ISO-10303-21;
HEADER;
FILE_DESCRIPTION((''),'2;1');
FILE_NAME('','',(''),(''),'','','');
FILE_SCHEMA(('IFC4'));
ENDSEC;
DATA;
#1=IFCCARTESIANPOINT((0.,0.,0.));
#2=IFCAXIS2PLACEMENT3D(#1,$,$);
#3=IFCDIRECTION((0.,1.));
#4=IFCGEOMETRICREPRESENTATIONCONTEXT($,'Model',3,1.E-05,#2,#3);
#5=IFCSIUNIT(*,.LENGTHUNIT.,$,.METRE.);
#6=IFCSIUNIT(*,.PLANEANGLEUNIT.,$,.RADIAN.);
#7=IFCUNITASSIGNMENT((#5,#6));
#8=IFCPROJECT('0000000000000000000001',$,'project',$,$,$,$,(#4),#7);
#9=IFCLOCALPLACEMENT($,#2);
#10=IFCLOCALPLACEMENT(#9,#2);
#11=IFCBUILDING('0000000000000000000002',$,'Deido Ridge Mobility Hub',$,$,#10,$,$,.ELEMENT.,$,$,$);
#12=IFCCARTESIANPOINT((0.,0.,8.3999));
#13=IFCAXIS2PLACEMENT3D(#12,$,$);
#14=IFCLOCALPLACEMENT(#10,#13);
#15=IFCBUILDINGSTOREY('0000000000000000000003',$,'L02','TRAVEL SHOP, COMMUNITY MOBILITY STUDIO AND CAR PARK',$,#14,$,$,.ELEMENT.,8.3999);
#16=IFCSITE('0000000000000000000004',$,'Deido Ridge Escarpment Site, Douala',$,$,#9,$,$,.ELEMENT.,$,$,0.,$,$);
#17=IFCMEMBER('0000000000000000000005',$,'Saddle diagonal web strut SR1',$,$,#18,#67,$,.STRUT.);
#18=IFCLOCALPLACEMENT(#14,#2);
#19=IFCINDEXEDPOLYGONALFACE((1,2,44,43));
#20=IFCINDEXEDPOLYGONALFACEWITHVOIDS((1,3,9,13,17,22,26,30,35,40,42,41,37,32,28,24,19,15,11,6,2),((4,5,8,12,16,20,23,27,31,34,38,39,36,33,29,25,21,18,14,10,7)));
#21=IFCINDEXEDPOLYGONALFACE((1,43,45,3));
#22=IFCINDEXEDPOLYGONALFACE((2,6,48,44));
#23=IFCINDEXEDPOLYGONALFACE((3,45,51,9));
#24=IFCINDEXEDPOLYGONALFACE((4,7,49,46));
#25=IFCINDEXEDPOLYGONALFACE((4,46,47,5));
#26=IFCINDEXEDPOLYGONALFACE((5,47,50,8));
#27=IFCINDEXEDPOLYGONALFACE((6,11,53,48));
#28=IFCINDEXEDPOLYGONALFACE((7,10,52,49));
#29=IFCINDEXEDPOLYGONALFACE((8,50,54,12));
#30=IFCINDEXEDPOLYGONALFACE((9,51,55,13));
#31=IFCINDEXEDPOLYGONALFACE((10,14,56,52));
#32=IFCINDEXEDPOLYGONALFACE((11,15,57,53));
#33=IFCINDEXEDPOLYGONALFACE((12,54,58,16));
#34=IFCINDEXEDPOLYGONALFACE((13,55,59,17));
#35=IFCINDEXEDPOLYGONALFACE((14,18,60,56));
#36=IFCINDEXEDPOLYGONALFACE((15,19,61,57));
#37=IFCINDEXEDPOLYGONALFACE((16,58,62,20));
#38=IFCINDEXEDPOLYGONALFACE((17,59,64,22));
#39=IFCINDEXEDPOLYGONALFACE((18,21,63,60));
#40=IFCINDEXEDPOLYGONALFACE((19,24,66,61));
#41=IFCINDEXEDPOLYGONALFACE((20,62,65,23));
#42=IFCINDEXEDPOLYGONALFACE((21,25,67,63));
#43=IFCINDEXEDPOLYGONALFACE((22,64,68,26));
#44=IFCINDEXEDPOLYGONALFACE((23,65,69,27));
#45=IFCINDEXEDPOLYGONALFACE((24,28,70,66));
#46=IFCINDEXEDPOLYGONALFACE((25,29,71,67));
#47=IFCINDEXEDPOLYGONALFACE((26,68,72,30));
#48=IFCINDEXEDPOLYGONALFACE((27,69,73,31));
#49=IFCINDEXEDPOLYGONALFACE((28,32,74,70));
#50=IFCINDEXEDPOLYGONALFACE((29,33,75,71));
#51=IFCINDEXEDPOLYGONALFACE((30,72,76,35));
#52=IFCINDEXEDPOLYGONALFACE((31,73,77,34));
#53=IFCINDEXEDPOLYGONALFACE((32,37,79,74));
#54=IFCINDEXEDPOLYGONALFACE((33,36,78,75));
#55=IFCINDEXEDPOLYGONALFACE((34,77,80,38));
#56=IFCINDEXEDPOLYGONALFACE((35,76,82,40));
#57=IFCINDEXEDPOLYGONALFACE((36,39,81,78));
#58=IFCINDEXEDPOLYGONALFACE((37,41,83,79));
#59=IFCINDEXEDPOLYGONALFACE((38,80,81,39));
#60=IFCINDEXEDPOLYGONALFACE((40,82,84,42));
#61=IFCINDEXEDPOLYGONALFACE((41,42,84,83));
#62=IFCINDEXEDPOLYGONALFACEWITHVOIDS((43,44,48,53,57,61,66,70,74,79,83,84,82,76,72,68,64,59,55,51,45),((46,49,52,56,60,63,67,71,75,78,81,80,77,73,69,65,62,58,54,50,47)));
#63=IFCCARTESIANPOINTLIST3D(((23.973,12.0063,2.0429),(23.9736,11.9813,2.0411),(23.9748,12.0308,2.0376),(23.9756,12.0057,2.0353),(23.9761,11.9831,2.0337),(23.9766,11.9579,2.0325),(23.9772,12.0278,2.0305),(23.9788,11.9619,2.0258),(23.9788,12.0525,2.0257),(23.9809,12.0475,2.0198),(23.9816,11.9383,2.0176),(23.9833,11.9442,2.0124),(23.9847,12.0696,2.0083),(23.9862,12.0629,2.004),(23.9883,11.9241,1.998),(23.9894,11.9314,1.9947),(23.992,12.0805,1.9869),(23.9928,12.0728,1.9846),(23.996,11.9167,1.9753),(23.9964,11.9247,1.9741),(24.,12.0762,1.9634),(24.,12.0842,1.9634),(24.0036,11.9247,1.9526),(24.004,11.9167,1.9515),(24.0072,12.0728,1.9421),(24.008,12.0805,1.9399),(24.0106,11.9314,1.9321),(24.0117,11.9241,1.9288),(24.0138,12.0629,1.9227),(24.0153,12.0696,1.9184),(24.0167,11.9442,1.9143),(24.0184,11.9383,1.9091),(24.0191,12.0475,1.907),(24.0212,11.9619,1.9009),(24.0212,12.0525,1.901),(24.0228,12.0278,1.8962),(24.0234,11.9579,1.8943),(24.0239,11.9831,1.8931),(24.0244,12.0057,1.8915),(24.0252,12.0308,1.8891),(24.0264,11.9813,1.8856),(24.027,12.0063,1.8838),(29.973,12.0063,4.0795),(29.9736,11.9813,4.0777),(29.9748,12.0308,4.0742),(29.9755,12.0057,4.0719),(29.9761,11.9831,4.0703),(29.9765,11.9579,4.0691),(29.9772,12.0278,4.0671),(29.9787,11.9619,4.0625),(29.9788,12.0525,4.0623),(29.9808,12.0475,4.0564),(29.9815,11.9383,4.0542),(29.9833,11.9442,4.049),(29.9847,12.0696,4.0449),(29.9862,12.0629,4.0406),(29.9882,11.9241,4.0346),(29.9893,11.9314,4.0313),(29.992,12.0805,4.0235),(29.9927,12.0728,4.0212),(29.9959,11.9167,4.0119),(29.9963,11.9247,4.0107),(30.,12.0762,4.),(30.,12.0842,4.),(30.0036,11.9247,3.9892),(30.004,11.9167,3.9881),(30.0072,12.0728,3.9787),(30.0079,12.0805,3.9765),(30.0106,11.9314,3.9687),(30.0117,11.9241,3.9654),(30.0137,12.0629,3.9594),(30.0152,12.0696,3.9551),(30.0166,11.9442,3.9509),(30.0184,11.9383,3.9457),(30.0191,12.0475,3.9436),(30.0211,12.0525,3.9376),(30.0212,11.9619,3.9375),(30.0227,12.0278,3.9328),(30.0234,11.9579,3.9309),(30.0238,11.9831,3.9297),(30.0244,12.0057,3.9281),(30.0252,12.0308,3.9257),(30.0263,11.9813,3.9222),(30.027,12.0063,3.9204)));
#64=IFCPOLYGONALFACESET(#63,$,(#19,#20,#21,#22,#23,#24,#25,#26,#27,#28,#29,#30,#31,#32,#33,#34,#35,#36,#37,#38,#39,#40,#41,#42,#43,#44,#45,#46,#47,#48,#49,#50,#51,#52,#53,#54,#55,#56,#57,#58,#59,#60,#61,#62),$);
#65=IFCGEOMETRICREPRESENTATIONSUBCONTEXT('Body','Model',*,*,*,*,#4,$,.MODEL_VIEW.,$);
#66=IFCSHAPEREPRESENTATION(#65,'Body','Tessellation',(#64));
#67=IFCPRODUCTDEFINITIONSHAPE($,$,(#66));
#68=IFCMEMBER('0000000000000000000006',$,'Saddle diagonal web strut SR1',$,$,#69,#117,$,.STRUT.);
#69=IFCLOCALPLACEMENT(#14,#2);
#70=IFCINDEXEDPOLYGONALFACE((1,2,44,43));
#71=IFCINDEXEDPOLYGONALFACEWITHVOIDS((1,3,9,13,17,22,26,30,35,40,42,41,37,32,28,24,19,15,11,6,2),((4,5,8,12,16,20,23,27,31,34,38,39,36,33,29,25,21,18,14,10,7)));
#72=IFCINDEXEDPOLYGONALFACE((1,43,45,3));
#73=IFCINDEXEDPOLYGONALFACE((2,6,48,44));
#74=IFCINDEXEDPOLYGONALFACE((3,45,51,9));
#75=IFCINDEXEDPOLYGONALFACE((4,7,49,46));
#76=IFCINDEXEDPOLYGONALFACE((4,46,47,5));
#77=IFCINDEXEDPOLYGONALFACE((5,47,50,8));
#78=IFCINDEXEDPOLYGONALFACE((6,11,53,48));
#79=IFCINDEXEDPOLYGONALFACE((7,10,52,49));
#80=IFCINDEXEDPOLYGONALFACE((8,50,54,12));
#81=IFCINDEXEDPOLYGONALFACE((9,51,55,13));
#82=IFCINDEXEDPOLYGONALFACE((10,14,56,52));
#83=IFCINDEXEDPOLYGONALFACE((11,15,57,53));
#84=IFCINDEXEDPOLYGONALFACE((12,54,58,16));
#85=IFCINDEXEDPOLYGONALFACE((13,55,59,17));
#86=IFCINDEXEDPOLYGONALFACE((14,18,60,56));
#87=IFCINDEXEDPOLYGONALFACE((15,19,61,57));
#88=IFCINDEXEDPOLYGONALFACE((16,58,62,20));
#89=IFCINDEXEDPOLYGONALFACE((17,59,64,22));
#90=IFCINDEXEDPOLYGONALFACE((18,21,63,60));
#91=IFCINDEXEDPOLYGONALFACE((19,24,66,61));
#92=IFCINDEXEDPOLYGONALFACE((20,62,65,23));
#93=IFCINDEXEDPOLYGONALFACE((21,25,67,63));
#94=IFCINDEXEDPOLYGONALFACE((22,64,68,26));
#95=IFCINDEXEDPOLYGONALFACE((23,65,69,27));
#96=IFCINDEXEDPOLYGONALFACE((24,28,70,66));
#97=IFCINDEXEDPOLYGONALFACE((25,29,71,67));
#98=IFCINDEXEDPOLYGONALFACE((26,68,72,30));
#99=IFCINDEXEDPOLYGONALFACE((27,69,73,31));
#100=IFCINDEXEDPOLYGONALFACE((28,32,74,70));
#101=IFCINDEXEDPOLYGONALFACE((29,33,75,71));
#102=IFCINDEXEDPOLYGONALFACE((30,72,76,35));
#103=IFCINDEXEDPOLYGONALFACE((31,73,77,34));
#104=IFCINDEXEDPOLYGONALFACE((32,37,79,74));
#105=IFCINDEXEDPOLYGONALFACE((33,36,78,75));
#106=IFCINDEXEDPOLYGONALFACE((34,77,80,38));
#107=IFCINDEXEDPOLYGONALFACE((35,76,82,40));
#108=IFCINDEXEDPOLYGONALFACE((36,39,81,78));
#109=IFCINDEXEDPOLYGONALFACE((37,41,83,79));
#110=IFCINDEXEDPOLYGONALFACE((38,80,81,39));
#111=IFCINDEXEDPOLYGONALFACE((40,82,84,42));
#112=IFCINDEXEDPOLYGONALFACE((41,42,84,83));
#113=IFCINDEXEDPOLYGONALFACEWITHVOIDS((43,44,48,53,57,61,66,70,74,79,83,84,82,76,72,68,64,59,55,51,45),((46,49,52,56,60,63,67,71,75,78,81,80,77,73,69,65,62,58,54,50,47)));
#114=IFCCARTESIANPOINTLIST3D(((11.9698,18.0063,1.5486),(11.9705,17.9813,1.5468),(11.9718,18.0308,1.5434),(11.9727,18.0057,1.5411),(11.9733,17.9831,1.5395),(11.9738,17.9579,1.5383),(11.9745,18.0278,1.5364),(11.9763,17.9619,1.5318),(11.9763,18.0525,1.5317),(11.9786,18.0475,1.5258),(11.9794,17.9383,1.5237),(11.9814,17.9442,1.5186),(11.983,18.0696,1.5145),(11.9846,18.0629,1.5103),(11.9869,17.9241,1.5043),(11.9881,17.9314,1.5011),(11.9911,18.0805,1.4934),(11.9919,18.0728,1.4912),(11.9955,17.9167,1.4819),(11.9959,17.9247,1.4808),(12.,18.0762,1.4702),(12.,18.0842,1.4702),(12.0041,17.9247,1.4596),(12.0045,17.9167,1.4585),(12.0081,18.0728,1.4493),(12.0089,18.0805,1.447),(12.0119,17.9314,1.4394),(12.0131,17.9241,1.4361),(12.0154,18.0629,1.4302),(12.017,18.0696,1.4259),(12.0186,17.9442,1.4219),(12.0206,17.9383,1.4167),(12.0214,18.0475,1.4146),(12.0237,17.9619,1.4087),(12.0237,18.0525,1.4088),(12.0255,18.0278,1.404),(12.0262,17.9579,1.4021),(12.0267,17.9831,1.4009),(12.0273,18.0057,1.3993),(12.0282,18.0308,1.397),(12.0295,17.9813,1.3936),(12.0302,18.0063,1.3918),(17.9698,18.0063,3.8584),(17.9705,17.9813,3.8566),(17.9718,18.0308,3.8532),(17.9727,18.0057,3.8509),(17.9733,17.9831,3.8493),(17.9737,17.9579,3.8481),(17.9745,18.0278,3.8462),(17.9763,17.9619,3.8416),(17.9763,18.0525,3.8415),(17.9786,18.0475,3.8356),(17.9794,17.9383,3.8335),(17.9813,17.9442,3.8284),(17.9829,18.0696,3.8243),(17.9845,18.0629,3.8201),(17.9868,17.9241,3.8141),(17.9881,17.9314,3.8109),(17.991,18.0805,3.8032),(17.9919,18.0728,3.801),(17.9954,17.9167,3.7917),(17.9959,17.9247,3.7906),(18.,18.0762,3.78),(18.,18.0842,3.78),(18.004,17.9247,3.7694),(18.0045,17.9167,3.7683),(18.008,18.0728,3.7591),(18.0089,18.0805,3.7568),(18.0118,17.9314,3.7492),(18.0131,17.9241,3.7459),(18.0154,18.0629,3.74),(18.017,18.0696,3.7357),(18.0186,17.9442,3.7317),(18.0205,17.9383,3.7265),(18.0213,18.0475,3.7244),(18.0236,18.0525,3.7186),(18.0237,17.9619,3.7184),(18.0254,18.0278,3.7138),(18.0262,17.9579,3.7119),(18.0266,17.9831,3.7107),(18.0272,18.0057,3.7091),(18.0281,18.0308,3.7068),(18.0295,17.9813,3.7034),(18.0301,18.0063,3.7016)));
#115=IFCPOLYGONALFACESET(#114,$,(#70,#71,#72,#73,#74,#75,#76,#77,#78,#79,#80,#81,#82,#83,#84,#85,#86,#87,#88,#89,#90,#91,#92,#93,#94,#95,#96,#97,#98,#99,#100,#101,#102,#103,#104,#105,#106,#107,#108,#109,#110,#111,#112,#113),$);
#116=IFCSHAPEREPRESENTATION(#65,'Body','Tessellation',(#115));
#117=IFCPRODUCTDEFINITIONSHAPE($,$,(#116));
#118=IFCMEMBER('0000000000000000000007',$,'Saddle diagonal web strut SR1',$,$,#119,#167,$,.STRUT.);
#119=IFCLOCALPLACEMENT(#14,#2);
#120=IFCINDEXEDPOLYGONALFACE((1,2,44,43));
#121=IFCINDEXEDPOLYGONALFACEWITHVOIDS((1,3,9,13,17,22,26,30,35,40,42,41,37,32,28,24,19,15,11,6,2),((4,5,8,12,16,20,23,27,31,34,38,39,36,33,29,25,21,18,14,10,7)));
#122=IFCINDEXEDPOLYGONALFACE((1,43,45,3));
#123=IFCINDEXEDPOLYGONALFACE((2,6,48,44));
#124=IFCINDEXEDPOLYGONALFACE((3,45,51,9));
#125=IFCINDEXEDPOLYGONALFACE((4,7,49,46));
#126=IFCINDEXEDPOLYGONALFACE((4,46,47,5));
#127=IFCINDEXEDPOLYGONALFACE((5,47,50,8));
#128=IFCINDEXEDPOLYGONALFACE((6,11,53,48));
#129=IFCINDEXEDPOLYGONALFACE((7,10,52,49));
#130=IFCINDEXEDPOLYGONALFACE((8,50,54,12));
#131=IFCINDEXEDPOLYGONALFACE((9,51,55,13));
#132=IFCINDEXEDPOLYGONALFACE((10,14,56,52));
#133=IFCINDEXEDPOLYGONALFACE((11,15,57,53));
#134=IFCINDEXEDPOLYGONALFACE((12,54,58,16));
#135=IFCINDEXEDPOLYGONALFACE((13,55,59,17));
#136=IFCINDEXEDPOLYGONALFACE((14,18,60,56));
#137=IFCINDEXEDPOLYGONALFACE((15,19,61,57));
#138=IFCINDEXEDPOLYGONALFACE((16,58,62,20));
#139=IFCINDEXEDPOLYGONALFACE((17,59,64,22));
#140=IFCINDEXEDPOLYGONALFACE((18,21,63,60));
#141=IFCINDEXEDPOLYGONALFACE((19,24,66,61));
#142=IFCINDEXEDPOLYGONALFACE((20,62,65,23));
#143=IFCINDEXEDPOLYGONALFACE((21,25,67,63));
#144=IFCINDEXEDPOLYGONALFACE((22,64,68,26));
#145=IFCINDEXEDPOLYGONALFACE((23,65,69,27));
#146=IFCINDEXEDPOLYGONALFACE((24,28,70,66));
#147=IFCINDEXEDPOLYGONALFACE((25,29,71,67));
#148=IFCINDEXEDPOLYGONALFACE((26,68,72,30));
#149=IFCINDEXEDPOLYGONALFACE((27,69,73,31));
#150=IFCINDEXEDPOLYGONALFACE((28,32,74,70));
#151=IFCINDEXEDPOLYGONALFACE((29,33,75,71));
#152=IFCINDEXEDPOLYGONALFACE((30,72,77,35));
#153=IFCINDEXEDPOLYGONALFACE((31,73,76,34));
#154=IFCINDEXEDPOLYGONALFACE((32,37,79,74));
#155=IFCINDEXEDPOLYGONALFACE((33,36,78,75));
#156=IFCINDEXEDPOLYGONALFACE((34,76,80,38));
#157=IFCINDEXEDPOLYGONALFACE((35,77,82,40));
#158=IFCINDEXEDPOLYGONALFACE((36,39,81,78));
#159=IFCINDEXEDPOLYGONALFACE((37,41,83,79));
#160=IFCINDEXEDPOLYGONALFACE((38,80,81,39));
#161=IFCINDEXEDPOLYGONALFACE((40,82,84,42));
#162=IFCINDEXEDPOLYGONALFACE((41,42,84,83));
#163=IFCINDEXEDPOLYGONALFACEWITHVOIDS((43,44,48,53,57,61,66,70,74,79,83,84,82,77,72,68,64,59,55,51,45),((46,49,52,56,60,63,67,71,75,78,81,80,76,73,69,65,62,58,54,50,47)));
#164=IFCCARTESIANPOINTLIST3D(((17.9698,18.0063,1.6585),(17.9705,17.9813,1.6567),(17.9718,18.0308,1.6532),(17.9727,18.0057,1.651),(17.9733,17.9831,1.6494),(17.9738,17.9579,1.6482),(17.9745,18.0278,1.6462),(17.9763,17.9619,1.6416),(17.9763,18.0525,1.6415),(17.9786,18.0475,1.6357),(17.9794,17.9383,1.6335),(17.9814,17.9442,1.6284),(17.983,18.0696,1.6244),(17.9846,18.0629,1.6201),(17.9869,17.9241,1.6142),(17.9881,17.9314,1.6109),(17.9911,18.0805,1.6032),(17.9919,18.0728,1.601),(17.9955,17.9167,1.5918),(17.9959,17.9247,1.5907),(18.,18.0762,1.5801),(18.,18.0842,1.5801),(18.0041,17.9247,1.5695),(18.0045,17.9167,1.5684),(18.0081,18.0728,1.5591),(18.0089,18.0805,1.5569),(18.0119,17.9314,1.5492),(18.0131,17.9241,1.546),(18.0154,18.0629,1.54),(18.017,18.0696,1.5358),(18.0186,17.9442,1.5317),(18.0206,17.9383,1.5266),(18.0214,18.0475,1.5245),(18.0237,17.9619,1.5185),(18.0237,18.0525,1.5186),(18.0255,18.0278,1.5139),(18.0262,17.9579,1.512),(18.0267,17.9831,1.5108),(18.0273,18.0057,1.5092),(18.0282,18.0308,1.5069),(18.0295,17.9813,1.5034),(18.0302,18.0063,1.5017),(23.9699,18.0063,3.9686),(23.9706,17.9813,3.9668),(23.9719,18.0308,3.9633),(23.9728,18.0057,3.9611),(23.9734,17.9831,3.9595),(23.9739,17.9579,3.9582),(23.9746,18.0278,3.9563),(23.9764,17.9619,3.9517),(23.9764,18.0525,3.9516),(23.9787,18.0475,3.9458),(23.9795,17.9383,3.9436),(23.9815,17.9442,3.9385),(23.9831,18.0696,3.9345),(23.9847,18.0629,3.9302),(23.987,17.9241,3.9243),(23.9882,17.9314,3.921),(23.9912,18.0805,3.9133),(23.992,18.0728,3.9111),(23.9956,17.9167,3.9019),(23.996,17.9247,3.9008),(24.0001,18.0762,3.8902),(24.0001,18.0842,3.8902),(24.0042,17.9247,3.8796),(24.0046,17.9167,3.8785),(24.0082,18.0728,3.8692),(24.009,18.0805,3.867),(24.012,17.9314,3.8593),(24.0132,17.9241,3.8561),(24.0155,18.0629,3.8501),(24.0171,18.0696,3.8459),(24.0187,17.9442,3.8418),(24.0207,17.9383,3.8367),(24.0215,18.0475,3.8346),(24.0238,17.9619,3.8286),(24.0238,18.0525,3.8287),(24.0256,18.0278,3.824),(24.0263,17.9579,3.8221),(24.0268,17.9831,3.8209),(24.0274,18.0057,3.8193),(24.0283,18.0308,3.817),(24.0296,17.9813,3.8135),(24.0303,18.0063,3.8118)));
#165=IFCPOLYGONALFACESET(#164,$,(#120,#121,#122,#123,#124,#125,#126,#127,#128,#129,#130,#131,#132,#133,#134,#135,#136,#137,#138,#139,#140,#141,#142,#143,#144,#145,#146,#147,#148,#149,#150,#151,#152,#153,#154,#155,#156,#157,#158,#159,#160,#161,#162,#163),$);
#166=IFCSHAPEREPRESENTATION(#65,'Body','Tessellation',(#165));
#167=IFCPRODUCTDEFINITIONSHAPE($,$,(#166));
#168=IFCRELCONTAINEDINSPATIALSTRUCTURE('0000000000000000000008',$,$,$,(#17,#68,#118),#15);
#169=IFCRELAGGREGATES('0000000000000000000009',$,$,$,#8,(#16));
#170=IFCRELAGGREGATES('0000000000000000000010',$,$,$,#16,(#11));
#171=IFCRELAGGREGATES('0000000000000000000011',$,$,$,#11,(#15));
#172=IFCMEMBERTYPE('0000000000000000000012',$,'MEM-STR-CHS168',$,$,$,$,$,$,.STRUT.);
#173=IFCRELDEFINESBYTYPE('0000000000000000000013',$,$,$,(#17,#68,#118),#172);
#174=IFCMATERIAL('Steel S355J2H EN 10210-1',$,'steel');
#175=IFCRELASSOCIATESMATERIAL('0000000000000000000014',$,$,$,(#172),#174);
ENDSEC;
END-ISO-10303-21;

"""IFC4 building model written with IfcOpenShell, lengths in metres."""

from ifc_helpers import new_model, si_unit, direction, frame, origin, origin_2d, place, context, subcontext, project, spatial, hollow_circle, extrude, material, material_profile, profile_set, type_object, element, save


model = new_model("IFC4")

# Units and contexts
model_context = context("Model", 3, precision=1e-05, world=origin(), true_north=direction((0.0, 1.0)))
body_context = subcontext(model_context, "Body", "Model", "MODEL_VIEW")
ifc_project = project(units=[si_unit("LENGTHUNIT", "METRE"), si_unit("PLANEANGLEUNIT", "RADIAN")], contexts=[model_context])

# Site, building, storey
site_placement = place(None, origin())
site = spatial("IfcSite", under=ifc_project, at=site_placement, Name="Deido Ridge Escarpment Site, Douala", CompositionType="ELEMENT", RefElevation=0.0)
building_placement = place(site_placement, origin())
building = spatial("IfcBuilding", under=site, at=building_placement, Name="Deido Ridge Mobility Hub", CompositionType="ELEMENT")
storey_placement = place(building_placement, frame((0.0, 0.0, 8.3999)))
storey = spatial("IfcBuildingStorey", under=building, at=storey_placement, Name="L02", Description="TRAVEL SHOP, COMMUNITY MOBILITY STUDIO AND CAR PARK", CompositionType="ELEMENT", Elevation=8.3999)

# Members
ifc_material_1 = material(Name="Steel S355J2H EN 10210-1", Category="steel")
ifc_material_profile_1 = material_profile(ifc_material_1, hollow_circle(Radius=0.0842, WallThickness=0.0081, at=origin_2d()), Name="CHS 168.3x8")
ifc_profile_set_1 = profile_set([ifc_material_profile_1], Name="Steel S355J2H EN 10210-1")
member_type_1 = type_object("IfcMemberType", Name="MEM-STR-CHS168", PredefinedType="STRUT", material=ifc_profile_set_1)
for number, where, z_axis, x_axis, name in (
    (1, (24.0, 12.0, 1.9634), (0.946935, 0.0, 0.321425), (0.0, 1.0, 0.0), "Saddle diagonal web strut SR1"),
):
    element("IfcMember", number, at=place(storey_placement, frame(where, z_axis=z_axis, x_axis=x_axis)), inside=storey, type_object=member_type_1, Name=name, PredefinedType="STRUT", context=body_context, shape_type="SweptSolid", body=[
        extrude(hollow_circle(Radius=0.0842, WallThickness=0.0081, at=origin_2d()), origin(), (0.0, 0.0, 1.0), 6.3362),
    ])
member_1_placement = place(storey_placement, frame((12.0, 18.0, 1.4702), z_axis=(0.933235, 0.0, 0.359267), x_axis=(0.0, 1.0, 0.0)))
element("IfcMember", 2, at=member_1_placement, inside=storey, type_object=member_type_1, Name="Saddle diagonal web strut SR1", PredefinedType="STRUT", context=body_context, shape_type="SweptSolid", body=[
    extrude(hollow_circle(Radius=0.0842, WallThickness=0.0081, at=origin_2d()), origin(), (0.0, 0.0, 1.0), 6.4292),
])
member_2_placement = place(storey_placement, frame((18.0, 18.0, 1.5801), z_axis=(0.933222, 0.0, 0.3593), x_axis=(0.0, 1.0, 0.0)))
element("IfcMember", 3, at=member_2_placement, inside=storey, type_object=member_type_1, Name="Saddle diagonal web strut SR1", PredefinedType="STRUT", context=body_context, shape_type="SweptSolid", body=[
    extrude(hollow_circle(Radius=0.0842, WallThickness=0.0081, at=origin_2d()), origin(), (0.0, 0.0, 1.0), 6.4294),
])

save(model, "model.ifc")
